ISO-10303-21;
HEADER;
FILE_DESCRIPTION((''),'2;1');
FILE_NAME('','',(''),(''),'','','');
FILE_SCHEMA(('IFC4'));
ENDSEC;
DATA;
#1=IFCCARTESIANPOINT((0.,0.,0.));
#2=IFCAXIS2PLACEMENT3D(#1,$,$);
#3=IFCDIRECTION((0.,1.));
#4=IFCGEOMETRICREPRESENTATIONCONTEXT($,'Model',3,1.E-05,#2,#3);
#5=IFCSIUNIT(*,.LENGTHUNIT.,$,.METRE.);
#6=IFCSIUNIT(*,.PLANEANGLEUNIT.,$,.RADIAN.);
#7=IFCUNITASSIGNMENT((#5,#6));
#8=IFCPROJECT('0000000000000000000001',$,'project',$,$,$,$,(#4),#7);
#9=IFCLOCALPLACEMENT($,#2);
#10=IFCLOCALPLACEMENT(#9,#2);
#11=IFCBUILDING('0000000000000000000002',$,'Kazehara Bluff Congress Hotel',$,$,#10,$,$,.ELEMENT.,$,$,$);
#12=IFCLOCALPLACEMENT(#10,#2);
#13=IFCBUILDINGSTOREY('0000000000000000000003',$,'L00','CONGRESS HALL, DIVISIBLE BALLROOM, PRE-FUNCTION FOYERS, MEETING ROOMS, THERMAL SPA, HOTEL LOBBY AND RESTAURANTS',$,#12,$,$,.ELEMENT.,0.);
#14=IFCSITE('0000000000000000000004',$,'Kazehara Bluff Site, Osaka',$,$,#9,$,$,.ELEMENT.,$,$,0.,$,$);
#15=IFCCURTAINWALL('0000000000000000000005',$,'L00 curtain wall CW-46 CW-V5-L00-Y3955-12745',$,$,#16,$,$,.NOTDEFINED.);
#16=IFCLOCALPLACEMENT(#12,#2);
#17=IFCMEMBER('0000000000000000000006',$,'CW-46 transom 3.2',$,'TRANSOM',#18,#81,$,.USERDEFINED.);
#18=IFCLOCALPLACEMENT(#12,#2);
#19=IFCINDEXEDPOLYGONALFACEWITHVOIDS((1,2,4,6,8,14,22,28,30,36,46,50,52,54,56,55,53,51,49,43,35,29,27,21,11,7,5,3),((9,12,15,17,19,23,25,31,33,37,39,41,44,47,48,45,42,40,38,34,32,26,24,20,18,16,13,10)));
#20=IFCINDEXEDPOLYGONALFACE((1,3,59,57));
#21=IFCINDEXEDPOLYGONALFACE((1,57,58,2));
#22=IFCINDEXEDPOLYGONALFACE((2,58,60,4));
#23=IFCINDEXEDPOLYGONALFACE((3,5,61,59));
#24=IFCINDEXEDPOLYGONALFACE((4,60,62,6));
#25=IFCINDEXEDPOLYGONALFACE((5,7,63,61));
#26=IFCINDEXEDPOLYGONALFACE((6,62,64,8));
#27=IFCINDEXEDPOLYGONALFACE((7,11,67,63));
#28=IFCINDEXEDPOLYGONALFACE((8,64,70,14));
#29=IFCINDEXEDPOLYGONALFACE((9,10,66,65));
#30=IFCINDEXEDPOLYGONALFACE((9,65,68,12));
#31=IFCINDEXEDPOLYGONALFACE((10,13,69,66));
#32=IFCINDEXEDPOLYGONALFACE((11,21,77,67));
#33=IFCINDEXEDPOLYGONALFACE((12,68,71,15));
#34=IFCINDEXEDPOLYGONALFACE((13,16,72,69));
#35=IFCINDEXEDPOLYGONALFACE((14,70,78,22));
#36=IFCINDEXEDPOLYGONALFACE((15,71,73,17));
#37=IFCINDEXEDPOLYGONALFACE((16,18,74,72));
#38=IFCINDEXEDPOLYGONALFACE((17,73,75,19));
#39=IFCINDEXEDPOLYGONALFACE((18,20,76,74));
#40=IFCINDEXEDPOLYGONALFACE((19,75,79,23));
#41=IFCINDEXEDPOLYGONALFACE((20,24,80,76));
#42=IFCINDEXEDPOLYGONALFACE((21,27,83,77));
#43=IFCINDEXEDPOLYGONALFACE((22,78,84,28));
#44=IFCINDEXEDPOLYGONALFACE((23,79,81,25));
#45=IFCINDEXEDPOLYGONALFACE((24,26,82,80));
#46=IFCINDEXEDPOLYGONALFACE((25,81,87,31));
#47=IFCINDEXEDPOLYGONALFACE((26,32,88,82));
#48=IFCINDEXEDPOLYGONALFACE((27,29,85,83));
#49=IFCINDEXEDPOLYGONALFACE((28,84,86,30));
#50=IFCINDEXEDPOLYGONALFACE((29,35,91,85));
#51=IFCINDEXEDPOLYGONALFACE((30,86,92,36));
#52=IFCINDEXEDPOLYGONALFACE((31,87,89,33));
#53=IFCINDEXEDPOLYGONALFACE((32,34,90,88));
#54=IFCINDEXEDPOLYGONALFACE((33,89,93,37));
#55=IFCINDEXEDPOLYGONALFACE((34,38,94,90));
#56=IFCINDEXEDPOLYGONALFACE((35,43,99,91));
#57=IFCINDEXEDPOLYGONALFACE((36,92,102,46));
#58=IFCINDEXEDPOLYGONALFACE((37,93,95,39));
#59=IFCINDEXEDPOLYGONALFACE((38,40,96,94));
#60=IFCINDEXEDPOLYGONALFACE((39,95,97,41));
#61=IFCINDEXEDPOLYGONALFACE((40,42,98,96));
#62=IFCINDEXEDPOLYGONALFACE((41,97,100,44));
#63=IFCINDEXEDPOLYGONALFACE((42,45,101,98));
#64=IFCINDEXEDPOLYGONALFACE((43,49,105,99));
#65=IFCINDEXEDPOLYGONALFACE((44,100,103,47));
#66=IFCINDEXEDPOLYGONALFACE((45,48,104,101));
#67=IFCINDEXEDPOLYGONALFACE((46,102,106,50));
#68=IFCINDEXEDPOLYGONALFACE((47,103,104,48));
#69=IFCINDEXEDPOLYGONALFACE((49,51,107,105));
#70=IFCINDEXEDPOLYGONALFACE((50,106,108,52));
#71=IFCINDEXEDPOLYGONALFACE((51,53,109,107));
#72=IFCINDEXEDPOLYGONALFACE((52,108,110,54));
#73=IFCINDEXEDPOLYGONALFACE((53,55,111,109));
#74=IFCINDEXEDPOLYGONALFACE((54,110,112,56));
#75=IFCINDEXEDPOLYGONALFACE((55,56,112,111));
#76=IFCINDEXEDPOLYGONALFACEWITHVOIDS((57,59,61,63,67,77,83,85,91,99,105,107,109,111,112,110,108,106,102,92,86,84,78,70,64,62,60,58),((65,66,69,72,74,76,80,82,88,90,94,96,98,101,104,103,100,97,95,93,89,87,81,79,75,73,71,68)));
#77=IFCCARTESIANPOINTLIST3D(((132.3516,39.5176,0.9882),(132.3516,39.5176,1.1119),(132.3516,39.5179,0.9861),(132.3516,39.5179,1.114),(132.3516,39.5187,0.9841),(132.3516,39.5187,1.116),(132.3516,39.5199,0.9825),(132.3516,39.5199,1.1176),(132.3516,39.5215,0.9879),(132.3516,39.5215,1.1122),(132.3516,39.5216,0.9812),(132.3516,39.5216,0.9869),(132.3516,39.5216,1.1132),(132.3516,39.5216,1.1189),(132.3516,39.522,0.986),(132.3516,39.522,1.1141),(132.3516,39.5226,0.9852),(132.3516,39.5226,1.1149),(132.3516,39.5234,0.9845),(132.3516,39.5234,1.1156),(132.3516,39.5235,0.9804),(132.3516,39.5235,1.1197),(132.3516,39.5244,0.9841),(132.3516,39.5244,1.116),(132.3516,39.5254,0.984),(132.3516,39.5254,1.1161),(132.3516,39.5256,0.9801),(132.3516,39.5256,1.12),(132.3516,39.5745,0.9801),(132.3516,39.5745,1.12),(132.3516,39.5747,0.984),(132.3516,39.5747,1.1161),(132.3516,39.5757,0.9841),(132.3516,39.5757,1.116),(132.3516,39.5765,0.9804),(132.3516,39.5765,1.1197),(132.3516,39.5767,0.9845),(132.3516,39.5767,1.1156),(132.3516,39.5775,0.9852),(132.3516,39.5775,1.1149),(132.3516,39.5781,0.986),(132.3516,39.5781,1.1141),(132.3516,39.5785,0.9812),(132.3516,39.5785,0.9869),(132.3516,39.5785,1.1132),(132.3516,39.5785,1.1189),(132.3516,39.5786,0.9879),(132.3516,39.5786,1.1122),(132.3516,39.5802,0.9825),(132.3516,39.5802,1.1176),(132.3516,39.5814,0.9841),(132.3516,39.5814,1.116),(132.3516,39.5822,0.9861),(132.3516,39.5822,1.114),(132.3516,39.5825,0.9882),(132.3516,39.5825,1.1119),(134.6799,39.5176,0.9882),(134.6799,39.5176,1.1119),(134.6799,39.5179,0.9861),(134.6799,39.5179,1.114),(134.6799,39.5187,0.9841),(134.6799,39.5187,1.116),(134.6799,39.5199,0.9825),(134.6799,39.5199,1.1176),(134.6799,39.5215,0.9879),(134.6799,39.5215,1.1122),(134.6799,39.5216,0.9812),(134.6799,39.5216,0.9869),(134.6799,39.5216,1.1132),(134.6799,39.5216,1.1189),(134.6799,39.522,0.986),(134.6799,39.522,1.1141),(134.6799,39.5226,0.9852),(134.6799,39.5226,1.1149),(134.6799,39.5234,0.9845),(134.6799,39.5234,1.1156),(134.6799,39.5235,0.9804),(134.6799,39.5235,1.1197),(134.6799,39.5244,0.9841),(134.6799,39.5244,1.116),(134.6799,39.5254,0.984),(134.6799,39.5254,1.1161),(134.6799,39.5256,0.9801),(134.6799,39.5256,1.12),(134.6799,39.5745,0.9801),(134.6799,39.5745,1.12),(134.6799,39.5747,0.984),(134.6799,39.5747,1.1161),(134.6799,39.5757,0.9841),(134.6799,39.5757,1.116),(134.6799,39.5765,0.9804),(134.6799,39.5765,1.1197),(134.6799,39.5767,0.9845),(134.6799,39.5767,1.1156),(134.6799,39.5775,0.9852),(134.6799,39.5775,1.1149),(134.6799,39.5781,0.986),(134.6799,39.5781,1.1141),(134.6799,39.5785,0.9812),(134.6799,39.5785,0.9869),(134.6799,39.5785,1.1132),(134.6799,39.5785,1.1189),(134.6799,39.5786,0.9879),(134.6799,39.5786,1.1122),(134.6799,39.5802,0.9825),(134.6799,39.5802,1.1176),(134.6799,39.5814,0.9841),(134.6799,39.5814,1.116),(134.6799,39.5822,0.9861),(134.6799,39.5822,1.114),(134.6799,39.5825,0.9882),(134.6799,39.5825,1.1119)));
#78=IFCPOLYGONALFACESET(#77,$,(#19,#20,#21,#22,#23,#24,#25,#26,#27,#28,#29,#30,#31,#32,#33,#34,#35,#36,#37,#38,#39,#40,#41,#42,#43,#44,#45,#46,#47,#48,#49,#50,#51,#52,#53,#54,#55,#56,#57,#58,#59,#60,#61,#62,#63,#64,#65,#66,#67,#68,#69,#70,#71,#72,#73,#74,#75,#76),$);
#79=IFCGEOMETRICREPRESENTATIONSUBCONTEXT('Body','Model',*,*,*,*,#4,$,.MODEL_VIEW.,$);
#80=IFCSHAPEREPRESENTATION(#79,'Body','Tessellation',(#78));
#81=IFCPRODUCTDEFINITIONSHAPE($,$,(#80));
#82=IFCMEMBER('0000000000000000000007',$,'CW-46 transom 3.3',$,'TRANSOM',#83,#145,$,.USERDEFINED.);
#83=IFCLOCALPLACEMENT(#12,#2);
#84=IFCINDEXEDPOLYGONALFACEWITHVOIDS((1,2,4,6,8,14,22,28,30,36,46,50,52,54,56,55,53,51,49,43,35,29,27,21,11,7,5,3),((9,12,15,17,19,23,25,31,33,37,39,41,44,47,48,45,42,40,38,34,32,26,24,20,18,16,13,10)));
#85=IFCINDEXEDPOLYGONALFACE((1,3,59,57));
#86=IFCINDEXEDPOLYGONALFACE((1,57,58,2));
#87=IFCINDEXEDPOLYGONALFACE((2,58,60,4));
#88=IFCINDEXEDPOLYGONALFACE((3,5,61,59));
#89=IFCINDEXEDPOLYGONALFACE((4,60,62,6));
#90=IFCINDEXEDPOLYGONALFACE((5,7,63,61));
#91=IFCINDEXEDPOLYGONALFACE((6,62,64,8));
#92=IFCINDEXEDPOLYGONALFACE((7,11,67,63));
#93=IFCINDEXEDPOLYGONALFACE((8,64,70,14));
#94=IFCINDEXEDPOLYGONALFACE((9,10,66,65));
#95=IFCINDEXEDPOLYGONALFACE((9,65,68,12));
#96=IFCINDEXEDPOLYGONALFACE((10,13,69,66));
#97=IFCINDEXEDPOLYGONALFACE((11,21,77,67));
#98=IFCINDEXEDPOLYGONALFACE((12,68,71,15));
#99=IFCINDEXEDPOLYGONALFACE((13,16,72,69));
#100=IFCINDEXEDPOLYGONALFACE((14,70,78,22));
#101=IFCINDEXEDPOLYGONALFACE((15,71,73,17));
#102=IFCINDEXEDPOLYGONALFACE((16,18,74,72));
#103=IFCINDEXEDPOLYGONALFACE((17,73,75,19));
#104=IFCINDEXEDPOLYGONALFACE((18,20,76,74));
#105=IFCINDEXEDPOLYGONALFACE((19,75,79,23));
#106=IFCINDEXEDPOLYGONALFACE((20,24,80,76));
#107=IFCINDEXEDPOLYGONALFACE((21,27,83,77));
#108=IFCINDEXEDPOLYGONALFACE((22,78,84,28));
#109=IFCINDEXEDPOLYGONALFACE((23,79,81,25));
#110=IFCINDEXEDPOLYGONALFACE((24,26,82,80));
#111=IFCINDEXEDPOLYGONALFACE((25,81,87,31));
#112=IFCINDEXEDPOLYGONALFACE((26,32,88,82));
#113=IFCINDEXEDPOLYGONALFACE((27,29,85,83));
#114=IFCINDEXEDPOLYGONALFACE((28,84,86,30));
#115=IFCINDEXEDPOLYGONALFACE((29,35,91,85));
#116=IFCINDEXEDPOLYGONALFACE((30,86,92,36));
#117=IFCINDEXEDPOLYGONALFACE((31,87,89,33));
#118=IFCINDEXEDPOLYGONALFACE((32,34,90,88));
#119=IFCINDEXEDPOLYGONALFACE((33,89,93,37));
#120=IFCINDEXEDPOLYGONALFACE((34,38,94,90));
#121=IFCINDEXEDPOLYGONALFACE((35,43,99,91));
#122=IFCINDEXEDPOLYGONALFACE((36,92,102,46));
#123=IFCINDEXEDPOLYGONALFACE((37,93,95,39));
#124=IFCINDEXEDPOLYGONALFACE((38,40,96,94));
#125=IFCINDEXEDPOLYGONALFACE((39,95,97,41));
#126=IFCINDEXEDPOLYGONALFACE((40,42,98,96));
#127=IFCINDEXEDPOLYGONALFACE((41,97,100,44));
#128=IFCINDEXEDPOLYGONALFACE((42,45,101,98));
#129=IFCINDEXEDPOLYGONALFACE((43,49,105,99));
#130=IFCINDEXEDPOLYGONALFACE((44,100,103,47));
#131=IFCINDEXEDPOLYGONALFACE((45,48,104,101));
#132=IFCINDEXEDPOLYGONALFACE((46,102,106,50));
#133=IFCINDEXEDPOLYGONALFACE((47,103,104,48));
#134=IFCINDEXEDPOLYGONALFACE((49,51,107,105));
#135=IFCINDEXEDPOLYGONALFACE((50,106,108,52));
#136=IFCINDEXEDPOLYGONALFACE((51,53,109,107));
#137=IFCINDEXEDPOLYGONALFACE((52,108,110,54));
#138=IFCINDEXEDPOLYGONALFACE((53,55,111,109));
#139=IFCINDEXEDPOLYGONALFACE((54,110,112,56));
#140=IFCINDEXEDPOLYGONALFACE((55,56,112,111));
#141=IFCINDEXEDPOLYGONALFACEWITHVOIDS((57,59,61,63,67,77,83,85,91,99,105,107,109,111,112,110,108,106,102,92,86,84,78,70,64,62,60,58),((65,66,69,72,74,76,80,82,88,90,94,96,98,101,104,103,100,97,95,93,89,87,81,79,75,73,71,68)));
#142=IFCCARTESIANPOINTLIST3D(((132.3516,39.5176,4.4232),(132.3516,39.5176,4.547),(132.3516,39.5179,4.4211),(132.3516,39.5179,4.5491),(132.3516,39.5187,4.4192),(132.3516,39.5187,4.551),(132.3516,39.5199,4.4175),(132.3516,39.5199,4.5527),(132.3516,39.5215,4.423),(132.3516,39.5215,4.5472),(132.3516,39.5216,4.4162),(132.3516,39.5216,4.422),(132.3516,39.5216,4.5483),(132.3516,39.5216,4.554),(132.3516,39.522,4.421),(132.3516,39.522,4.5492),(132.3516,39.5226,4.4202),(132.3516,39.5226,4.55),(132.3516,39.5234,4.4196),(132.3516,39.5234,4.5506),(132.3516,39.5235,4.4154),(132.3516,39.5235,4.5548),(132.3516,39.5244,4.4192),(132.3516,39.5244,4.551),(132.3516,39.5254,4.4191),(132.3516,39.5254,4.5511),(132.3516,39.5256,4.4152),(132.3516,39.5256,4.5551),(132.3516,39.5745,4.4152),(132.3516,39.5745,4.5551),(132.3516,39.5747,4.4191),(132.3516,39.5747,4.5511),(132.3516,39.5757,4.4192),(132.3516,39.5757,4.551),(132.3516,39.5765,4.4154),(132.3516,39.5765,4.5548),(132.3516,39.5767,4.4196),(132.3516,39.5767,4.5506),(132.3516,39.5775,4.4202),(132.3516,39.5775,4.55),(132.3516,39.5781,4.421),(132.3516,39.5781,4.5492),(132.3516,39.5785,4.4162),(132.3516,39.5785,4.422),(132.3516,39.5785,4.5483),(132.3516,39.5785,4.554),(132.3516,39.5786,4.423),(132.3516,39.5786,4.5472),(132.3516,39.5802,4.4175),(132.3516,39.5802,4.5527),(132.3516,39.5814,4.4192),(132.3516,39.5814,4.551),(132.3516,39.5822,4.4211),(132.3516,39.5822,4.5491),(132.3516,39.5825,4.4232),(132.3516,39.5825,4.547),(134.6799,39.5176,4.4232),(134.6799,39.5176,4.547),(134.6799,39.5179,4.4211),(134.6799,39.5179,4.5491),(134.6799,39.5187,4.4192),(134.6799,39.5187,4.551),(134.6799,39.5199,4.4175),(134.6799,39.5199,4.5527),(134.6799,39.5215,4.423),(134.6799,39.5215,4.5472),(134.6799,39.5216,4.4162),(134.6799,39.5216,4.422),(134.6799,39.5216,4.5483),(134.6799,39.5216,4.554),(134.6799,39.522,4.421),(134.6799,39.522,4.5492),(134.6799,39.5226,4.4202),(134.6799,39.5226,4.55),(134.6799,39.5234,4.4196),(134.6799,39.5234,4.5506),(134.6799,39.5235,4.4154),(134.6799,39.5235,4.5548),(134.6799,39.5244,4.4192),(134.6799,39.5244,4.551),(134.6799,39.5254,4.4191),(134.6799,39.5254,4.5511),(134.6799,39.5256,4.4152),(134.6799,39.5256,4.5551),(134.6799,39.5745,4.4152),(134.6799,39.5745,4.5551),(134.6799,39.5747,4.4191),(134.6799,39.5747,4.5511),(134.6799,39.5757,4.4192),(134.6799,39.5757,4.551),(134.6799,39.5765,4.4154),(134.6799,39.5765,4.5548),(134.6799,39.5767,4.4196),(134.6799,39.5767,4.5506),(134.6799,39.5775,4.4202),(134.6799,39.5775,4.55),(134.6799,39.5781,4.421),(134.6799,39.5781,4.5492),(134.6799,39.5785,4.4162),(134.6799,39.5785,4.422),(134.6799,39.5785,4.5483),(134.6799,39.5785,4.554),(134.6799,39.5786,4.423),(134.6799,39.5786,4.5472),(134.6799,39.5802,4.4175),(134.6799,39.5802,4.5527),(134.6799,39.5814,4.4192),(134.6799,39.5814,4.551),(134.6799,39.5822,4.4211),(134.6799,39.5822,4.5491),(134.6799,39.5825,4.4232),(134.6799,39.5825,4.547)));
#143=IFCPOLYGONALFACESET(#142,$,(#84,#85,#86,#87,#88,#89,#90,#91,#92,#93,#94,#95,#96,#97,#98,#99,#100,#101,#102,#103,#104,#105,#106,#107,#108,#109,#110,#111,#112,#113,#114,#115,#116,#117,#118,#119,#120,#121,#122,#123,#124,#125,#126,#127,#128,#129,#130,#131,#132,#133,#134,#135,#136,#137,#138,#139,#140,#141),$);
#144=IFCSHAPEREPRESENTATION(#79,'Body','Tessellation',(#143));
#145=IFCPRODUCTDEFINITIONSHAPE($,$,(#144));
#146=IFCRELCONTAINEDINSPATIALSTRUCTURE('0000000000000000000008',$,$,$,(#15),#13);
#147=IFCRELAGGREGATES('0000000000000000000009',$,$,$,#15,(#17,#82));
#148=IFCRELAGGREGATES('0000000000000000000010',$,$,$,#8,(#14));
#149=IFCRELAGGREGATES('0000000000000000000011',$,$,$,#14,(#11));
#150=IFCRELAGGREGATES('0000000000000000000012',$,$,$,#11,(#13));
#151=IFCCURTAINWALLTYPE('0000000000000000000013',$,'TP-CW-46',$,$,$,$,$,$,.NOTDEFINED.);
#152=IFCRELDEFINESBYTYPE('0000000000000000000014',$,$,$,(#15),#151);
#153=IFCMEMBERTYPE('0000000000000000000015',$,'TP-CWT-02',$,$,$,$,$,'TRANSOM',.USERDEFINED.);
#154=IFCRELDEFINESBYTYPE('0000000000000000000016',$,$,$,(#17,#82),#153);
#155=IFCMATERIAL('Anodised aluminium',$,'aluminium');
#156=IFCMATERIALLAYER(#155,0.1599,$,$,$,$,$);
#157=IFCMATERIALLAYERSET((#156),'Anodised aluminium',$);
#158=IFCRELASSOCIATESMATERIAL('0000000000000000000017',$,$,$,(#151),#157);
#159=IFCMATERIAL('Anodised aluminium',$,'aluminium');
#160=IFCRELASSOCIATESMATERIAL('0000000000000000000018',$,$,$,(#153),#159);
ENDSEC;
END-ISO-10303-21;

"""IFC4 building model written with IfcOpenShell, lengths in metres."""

from ifc_helpers import new_model, si_unit, direction, frame, origin, origin_2d, place, context, subcontext, project, spatial, hollow_rectangle, extrude, material, layer, layer_set, material_profile, profile_set, type_object, element, aggregate, save


model = new_model("IFC4")

# Units and contexts
model_context = context("Model", 3, precision=1e-05, world=origin(), true_north=direction((0.0, 1.0)))
body_context = subcontext(model_context, "Body", "Model", "MODEL_VIEW")
ifc_project = project(units=[si_unit("LENGTHUNIT", "METRE"), si_unit("PLANEANGLEUNIT", "RADIAN")], contexts=[model_context])

# Site, building, storey
site_placement = place(None, origin())
site = spatial("IfcSite", under=ifc_project, at=site_placement, Name="Kazehara Bluff Site, Osaka", CompositionType="ELEMENT", RefElevation=0.0)
building_placement = place(site_placement, origin())
building = spatial("IfcBuilding", under=site, at=building_placement, Name="Kazehara Bluff Congress Hotel", CompositionType="ELEMENT")
storey_placement = place(building_placement, origin())
storey = spatial("IfcBuildingStorey", under=building, at=storey_placement, Name="L00", Description="CONGRESS HALL, DIVISIBLE BALLROOM, PRE-FUNCTION FOYERS, MEETING ROOMS, THERMAL SPA, HOTEL LOBBY AND RESTAURANTS", CompositionType="ELEMENT", Elevation=0.0)

# Shared definitions
ifc_material_1 = material(Name="Anodised aluminium", Category="aluminium")
ifc_layer_1 = layer(ifc_material_1, 0.1599)
ifc_layer_set_1 = layer_set([ifc_layer_1], Name="Anodised aluminium")
curtain_wall_type = type_object("IfcCurtainWallType", Name="TP-CW-46", PredefinedType="NOTDEFINED", material=ifc_layer_set_1)

# Curtain wall, members
curtain_wall_1_placement = place(storey_placement, origin())
curtain_wall_1 = element("IfcCurtainWall", 1, at=curtain_wall_1_placement, inside=storey, type_object=curtain_wall_type, Name="L00 curtain wall CW-46 CW-V5-L00-Y3955-12745", PredefinedType="NOTDEFINED")
ifc_material_2 = material(Name="Anodised aluminium", Category="aluminium")
ifc_material_profile_1 = material_profile(ifc_material_2, hollow_rectangle(XDim=0.0649, YDim=0.1399, WallThickness=0.0039, InnerFilletRadius=0.0039, OuterFilletRadius=0.0081, at=origin_2d()))
ifc_profile_set_1 = profile_set([ifc_material_profile_1], Name="Anodised aluminium")
member_type_1 = type_object("IfcMemberType", Name="TP-CWT-02", ElementType="TRANSOM", PredefinedType="USERDEFINED", material=ifc_profile_set_1)
member_1_placement = place(storey_placement, frame((132.3516, 39.55, 1.05), z_axis=(1.0, 0.0, 0.0), x_axis=(0.0, 1.0, 0.0)))
member_1 = element("IfcMember", 2, at=member_1_placement, type_object=member_type_1, Name="CW-46 transom 3.2", ObjectType="TRANSOM", PredefinedType="USERDEFINED", context=body_context, shape_type="SweptSolid", body=[
    extrude(hollow_rectangle(XDim=0.0649, YDim=0.1399, WallThickness=0.0039, InnerFilletRadius=0.0039, OuterFilletRadius=0.0081, at=origin_2d()), origin(), (0.0, 0.0, 1.0), 2.3284),
])
member_2_placement = place(storey_placement, frame((132.3516, 39.55, 4.4851), z_axis=(1.0, 0.0, 0.0), x_axis=(0.0, 1.0, 0.0)))
member_2 = element("IfcMember", 3, at=member_2_placement, type_object=member_type_1, Name="CW-46 transom 3.3", ObjectType="TRANSOM", PredefinedType="USERDEFINED", context=body_context, shape_type="SweptSolid", body=[
    extrude(hollow_rectangle(XDim=0.0649, YDim=0.1399, WallThickness=0.0039, InnerFilletRadius=0.0039, OuterFilletRadius=0.0081, at=origin_2d()), origin(), (0.0, 0.0, 1.0), 2.3284),
])

aggregate(curtain_wall_1, [member_1, member_2])

save(model, "model.ifc")
